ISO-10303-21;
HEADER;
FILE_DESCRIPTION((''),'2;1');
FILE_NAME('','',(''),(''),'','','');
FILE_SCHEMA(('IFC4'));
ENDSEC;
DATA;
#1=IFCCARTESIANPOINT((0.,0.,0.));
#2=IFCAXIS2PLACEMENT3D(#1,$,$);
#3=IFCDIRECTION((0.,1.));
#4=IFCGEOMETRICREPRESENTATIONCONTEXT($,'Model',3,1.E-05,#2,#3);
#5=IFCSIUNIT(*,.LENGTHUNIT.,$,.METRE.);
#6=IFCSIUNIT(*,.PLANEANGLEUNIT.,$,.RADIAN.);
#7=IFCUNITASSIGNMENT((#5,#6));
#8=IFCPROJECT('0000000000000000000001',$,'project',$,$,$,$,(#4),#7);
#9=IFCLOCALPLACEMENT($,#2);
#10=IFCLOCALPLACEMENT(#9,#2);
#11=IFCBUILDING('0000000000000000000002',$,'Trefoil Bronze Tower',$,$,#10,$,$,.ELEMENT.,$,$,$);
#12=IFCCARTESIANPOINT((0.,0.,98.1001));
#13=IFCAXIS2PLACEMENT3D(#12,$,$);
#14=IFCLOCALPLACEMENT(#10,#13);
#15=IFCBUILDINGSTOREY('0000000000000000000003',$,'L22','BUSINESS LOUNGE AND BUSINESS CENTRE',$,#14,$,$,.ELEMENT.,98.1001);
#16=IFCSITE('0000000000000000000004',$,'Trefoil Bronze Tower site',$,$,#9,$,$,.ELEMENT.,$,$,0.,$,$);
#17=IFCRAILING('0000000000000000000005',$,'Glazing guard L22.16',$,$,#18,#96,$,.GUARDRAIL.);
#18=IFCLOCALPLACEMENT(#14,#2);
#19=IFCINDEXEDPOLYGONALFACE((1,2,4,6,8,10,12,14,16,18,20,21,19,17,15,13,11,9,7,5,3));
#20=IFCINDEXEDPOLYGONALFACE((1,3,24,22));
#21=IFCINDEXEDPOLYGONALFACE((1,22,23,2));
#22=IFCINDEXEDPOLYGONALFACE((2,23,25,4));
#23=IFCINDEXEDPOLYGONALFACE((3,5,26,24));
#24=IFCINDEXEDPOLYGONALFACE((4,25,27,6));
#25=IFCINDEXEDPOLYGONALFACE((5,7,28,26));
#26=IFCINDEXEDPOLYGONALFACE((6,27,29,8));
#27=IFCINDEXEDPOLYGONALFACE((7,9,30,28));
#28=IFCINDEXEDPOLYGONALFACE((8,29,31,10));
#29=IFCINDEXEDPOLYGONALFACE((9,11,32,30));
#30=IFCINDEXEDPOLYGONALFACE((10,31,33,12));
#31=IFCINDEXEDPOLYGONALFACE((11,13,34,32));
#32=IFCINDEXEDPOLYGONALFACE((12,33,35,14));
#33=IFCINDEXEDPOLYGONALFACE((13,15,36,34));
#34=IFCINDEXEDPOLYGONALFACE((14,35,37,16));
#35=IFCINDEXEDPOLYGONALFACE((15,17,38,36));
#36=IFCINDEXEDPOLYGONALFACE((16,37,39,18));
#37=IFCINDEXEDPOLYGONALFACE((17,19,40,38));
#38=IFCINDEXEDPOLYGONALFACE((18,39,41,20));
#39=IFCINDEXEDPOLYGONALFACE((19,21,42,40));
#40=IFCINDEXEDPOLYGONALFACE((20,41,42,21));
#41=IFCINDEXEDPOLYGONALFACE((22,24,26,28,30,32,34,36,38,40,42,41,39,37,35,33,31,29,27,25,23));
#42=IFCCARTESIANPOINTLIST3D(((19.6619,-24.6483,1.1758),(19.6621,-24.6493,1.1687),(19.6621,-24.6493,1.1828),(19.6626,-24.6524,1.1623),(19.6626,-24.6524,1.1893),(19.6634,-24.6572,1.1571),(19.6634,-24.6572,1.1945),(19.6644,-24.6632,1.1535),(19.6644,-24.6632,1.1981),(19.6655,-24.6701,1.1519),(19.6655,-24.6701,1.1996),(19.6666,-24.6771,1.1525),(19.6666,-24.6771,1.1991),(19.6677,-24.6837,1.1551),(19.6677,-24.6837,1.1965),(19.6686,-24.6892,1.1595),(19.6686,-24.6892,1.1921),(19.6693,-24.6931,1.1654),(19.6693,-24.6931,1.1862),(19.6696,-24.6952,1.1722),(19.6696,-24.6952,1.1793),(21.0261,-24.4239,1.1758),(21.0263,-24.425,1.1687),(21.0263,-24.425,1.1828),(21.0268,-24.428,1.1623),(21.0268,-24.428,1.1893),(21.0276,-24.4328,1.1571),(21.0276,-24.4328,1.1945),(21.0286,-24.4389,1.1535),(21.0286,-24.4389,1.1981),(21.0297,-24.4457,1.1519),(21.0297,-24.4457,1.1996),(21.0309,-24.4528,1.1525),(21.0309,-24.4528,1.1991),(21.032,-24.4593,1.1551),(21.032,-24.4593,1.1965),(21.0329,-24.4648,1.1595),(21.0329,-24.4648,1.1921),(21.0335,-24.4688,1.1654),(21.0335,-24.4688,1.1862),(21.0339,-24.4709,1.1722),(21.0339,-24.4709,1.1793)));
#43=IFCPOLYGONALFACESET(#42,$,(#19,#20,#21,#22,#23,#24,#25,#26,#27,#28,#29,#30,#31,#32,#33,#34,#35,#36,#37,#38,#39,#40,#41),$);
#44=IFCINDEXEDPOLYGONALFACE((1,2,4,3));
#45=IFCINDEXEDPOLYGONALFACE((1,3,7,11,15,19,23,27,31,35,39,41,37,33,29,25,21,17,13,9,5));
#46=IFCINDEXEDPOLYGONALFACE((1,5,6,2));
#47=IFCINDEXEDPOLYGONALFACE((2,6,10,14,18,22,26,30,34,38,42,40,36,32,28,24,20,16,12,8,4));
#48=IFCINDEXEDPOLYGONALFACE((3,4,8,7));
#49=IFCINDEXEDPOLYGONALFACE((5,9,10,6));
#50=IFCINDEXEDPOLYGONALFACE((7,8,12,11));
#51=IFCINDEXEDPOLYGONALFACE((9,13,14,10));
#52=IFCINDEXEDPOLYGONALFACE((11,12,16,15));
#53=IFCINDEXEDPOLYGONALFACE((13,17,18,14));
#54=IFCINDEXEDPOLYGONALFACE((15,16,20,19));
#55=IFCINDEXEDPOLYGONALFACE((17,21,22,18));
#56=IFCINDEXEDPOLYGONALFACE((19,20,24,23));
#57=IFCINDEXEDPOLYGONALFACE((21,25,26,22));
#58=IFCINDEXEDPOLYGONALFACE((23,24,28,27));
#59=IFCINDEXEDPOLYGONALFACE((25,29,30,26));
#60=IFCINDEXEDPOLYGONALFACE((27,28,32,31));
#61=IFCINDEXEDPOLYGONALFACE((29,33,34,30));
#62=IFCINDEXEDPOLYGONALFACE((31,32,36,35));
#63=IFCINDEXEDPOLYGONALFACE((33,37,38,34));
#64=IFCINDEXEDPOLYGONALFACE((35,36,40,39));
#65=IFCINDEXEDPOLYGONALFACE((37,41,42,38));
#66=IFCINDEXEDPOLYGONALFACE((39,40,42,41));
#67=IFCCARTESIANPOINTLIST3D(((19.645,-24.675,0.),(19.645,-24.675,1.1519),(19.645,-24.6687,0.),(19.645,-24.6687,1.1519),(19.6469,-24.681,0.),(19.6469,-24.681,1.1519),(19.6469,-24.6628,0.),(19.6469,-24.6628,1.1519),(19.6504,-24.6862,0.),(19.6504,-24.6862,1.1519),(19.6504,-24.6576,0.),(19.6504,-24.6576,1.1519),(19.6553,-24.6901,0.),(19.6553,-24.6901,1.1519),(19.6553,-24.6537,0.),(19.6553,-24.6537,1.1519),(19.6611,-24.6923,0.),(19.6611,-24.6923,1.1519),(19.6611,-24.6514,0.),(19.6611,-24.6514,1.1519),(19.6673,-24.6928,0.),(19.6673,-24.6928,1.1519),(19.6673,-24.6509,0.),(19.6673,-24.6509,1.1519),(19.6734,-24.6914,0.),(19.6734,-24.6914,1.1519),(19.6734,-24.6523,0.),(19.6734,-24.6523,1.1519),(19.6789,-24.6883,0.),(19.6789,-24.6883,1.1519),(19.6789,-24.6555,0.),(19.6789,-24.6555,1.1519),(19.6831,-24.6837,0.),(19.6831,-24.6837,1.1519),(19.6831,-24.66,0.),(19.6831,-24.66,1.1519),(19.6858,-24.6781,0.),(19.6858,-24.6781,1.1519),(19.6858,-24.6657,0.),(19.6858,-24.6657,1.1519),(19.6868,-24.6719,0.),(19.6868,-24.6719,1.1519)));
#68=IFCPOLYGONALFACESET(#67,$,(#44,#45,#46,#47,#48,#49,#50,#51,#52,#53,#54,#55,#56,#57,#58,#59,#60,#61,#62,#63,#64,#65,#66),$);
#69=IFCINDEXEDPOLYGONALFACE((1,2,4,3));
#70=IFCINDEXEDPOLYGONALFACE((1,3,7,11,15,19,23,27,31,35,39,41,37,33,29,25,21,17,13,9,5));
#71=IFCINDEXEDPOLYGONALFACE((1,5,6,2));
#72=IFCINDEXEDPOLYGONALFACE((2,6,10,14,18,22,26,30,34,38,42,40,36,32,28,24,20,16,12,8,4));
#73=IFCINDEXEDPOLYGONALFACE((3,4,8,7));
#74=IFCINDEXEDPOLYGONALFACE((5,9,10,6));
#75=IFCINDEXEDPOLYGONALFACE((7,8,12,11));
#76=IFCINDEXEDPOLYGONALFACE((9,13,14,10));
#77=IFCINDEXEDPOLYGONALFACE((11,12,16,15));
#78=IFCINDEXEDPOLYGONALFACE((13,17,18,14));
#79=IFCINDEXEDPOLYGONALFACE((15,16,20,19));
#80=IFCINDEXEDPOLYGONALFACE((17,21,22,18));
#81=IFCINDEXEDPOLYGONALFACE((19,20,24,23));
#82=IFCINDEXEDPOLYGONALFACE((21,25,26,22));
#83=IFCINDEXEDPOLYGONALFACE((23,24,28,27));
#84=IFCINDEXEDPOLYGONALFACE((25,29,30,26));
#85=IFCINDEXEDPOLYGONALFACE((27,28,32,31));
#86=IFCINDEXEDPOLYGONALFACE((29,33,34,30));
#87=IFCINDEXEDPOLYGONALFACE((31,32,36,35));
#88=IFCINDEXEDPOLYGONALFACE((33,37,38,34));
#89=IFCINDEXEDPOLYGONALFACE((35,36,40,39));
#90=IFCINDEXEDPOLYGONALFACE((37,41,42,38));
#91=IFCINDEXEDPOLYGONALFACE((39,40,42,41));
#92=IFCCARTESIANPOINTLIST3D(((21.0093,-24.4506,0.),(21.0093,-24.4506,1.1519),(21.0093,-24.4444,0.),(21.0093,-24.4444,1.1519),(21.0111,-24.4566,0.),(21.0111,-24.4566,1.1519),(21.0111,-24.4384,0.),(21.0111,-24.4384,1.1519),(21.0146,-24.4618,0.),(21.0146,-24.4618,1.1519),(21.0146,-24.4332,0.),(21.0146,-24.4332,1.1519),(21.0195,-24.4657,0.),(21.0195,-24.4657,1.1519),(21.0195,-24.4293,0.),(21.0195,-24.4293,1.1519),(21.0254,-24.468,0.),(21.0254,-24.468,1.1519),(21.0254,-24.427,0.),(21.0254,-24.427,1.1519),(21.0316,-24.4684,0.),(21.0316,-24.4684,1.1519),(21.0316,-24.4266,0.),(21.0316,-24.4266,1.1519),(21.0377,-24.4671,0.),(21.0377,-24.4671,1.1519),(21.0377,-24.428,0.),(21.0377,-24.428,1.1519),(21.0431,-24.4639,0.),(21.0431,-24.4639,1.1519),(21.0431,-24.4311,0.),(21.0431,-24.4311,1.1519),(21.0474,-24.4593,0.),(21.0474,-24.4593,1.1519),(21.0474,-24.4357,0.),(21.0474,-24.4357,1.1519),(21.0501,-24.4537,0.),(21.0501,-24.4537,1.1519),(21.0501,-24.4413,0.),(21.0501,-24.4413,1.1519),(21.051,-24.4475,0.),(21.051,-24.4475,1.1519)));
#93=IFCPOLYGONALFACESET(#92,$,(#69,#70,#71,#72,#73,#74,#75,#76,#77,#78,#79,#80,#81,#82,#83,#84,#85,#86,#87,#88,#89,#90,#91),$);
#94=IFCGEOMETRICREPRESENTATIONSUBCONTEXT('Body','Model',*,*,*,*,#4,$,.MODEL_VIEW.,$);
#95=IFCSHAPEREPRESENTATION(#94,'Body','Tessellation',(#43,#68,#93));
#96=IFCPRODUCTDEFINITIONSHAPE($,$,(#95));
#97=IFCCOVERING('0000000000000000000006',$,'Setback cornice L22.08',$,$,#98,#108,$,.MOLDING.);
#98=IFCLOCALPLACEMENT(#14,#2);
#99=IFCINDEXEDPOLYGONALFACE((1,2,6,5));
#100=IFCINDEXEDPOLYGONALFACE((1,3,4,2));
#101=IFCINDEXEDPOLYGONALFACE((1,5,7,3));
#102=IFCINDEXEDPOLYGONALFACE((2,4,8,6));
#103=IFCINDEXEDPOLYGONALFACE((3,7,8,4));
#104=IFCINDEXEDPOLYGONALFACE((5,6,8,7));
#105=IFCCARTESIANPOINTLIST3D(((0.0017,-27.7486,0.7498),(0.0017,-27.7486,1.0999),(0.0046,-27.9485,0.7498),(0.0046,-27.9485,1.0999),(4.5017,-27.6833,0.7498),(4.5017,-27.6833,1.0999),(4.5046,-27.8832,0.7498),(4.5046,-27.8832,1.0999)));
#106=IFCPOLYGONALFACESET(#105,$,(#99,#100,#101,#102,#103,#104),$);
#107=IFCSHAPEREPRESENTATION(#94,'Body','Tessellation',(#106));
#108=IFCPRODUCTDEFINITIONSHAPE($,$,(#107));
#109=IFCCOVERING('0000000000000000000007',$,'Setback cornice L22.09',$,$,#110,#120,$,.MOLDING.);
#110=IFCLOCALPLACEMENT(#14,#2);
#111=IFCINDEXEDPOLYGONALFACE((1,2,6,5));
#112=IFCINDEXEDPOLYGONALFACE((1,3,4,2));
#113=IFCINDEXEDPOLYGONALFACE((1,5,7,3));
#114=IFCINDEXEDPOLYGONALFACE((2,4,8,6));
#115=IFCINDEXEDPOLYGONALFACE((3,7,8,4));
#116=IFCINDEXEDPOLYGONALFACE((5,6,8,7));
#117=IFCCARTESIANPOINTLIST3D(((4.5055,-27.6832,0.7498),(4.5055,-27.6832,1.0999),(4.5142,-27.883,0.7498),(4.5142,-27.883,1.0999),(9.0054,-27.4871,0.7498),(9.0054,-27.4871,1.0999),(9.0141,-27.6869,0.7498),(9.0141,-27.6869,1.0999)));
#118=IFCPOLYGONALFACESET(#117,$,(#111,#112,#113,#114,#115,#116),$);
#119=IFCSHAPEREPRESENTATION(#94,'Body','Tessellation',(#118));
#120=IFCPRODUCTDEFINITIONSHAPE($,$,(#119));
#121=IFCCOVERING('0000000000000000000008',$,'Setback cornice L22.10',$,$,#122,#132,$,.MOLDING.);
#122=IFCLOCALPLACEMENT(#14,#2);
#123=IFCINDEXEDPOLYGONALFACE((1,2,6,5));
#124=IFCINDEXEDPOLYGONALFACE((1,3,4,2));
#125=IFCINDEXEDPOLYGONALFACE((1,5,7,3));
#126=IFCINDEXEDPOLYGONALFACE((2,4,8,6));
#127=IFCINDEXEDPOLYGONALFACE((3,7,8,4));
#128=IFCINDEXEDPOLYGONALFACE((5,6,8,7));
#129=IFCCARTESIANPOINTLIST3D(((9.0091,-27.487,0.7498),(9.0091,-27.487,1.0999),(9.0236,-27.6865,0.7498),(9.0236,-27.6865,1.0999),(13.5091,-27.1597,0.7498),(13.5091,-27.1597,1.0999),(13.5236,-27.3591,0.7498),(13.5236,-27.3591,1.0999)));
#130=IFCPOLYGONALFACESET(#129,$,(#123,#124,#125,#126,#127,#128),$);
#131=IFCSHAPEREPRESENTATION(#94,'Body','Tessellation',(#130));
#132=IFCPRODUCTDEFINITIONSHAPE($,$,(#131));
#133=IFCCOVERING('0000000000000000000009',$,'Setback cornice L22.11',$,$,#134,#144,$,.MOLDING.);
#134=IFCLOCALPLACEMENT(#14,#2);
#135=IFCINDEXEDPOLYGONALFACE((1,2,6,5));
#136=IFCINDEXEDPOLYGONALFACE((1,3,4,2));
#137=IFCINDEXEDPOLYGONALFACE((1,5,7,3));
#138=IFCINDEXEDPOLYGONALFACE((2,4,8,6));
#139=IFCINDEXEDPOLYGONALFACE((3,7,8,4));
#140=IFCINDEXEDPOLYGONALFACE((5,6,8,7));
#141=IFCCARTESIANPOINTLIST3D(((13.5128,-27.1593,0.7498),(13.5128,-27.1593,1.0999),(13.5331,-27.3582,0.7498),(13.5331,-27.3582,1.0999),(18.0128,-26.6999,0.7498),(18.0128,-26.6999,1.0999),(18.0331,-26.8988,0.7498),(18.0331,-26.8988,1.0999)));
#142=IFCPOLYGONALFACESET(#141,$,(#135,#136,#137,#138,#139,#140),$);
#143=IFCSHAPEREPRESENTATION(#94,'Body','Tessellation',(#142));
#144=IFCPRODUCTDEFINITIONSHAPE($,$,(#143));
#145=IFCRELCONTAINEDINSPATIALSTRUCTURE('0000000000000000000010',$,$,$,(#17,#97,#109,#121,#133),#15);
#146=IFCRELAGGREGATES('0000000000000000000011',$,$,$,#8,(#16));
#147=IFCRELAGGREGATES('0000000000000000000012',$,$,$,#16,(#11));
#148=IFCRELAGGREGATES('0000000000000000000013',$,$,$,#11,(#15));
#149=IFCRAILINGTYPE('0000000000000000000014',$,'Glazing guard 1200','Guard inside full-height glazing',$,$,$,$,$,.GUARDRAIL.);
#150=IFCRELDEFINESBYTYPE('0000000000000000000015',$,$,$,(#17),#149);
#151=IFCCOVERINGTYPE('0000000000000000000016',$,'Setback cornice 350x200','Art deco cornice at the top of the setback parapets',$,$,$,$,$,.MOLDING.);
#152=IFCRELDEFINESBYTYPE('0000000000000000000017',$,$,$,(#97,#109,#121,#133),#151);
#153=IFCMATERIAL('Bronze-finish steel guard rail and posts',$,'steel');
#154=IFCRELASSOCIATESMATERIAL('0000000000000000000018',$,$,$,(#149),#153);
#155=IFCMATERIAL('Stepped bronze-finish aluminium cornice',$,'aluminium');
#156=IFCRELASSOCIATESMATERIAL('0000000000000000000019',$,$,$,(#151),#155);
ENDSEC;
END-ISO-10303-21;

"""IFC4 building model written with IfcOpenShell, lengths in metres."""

from ifc_helpers import new_model, si_unit, direction, frame, origin, origin_2d, place, context, subcontext, project, spatial, rectangle, circle, extrude, material, type_object, element, save


model = new_model("IFC4")

# Units and contexts
model_context = context("Model", 3, precision=1e-05, world=origin(), true_north=direction((0.0, 1.0)))
body_context = subcontext(model_context, "Body", "Model", "MODEL_VIEW")
ifc_project = project(units=[si_unit("LENGTHUNIT", "METRE"), si_unit("PLANEANGLEUNIT", "RADIAN")], contexts=[model_context])

# Site, building, storey
site_placement = place(None, origin())
site = spatial("IfcSite", under=ifc_project, at=site_placement, Name="Trefoil Bronze Tower site", CompositionType="ELEMENT", RefElevation=0.0)
building_placement = place(site_placement, origin())
building = spatial("IfcBuilding", under=site, at=building_placement, Name="Trefoil Bronze Tower", CompositionType="ELEMENT")
storey_placement = place(building_placement, frame((0.0, 0.0, 98.1001)))
storey = spatial("IfcBuildingStorey", under=building, at=storey_placement, Name="L22", Description="BUSINESS LOUNGE AND BUSINESS CENTRE", CompositionType="ELEMENT", Elevation=98.1001)

# Railing
ifc_material_1 = material(Name="Bronze-finish steel guard rail and posts", Category="steel")
railing_type = type_object("IfcRailingType", Name="Glazing guard 1200", Description="Guard inside full-height glazing", PredefinedType="GUARDRAIL", material=ifc_material_1)
railing_1_placement = place(storey_placement, frame((19.6658, -24.6719, 0.0)))
element("IfcRailing", 1, at=railing_1_placement, inside=storey, type_object=railing_type, Name="Glazing guard L22.16", PredefinedType="GUARDRAIL", context=body_context, shape_type="SweptSolid", body=[
    extrude(circle(Radius=0.0239, at=origin_2d()), frame((0.0, 0.0, 1.1758), z_axis=(0.986745, 0.16228, 0.0), x_axis=(-0.16228, 0.986745, 0.0)), (0.0, 0.0, 1.0), 1.3826),
    extrude(circle(Radius=0.021, at=origin_2d()), origin(), (0.0, 0.0, 1.0), 1.1519),
    extrude(circle(Radius=0.021, at=origin_2d()), frame((1.3643, 0.2244, 0.0)), (0.0, 0.0, 1.0), 1.1519),
])

# Coverings
ifc_material_2 = material(Name="Stepped bronze-finish aluminium cornice", Category="aluminium")
covering_type = type_object("IfcCoveringType", Name="Setback cornice 350x200", Description="Art deco cornice at the top of the setback parapets", PredefinedType="MOLDING", material=ifc_material_2)
covering_1_placement = place(storey_placement, frame((2.2532, -27.8159, 0.7498), z_axis=(0.0, 0.0, 1.0), x_axis=(0.999895, 0.014509, 0.0)))
element("IfcCovering", 2, at=covering_1_placement, inside=storey, type_object=covering_type, Name="Setback cornice L22.08", PredefinedType="MOLDING", context=body_context, shape_type="SweptSolid", body=[
    extrude(rectangle(XDim=4.5005, YDim=0.2, at=origin_2d()), origin(), (0.0, 0.0, 1.0), 0.3501),
])
covering_2_placement = place(storey_placement, frame((6.7598, -27.6851, 0.7498), z_axis=(0.0, 0.0, 1.0), x_axis=(0.999052, 0.043528, 0.0)))
element("IfcCovering", 3, at=covering_2_placement, inside=storey, type_object=covering_type, Name="Setback cornice L22.09", PredefinedType="MOLDING", context=body_context, shape_type="SweptSolid", body=[
    extrude(rectangle(XDim=4.5042, YDim=0.2, at=origin_2d()), origin(), (0.0, 0.0, 1.0), 0.3501),
])
covering_3_placement = place(storey_placement, frame((11.2664, -27.4231, 0.7498), z_axis=(0.0, 0.0, 1.0), x_axis=(0.997365, 0.072547, 0.0)))
element("IfcCovering", 4, at=covering_3_placement, inside=storey, type_object=covering_type, Name="Setback cornice L22.10", PredefinedType="MOLDING", context=body_context, shape_type="SweptSolid", body=[
    extrude(rectangle(XDim=4.512, YDim=0.2, at=origin_2d()), origin(), (0.0, 0.0, 1.0), 0.3501),
])
covering_4_placement = place(storey_placement, frame((15.7729, -27.0291, 0.7498), z_axis=(0.0, 0.0, 1.0), x_axis=(0.994829, 0.101565, 0.0)))
element("IfcCovering", 5, at=covering_4_placement, inside=storey, type_object=covering_type, Name="Setback cornice L22.11", PredefinedType="MOLDING", context=body_context, shape_type="SweptSolid", body=[
    extrude(rectangle(XDim=4.5234, YDim=0.2, at=origin_2d()), origin(), (0.0, 0.0, 1.0), 0.3501),
])

save(model, "model.ifc")
